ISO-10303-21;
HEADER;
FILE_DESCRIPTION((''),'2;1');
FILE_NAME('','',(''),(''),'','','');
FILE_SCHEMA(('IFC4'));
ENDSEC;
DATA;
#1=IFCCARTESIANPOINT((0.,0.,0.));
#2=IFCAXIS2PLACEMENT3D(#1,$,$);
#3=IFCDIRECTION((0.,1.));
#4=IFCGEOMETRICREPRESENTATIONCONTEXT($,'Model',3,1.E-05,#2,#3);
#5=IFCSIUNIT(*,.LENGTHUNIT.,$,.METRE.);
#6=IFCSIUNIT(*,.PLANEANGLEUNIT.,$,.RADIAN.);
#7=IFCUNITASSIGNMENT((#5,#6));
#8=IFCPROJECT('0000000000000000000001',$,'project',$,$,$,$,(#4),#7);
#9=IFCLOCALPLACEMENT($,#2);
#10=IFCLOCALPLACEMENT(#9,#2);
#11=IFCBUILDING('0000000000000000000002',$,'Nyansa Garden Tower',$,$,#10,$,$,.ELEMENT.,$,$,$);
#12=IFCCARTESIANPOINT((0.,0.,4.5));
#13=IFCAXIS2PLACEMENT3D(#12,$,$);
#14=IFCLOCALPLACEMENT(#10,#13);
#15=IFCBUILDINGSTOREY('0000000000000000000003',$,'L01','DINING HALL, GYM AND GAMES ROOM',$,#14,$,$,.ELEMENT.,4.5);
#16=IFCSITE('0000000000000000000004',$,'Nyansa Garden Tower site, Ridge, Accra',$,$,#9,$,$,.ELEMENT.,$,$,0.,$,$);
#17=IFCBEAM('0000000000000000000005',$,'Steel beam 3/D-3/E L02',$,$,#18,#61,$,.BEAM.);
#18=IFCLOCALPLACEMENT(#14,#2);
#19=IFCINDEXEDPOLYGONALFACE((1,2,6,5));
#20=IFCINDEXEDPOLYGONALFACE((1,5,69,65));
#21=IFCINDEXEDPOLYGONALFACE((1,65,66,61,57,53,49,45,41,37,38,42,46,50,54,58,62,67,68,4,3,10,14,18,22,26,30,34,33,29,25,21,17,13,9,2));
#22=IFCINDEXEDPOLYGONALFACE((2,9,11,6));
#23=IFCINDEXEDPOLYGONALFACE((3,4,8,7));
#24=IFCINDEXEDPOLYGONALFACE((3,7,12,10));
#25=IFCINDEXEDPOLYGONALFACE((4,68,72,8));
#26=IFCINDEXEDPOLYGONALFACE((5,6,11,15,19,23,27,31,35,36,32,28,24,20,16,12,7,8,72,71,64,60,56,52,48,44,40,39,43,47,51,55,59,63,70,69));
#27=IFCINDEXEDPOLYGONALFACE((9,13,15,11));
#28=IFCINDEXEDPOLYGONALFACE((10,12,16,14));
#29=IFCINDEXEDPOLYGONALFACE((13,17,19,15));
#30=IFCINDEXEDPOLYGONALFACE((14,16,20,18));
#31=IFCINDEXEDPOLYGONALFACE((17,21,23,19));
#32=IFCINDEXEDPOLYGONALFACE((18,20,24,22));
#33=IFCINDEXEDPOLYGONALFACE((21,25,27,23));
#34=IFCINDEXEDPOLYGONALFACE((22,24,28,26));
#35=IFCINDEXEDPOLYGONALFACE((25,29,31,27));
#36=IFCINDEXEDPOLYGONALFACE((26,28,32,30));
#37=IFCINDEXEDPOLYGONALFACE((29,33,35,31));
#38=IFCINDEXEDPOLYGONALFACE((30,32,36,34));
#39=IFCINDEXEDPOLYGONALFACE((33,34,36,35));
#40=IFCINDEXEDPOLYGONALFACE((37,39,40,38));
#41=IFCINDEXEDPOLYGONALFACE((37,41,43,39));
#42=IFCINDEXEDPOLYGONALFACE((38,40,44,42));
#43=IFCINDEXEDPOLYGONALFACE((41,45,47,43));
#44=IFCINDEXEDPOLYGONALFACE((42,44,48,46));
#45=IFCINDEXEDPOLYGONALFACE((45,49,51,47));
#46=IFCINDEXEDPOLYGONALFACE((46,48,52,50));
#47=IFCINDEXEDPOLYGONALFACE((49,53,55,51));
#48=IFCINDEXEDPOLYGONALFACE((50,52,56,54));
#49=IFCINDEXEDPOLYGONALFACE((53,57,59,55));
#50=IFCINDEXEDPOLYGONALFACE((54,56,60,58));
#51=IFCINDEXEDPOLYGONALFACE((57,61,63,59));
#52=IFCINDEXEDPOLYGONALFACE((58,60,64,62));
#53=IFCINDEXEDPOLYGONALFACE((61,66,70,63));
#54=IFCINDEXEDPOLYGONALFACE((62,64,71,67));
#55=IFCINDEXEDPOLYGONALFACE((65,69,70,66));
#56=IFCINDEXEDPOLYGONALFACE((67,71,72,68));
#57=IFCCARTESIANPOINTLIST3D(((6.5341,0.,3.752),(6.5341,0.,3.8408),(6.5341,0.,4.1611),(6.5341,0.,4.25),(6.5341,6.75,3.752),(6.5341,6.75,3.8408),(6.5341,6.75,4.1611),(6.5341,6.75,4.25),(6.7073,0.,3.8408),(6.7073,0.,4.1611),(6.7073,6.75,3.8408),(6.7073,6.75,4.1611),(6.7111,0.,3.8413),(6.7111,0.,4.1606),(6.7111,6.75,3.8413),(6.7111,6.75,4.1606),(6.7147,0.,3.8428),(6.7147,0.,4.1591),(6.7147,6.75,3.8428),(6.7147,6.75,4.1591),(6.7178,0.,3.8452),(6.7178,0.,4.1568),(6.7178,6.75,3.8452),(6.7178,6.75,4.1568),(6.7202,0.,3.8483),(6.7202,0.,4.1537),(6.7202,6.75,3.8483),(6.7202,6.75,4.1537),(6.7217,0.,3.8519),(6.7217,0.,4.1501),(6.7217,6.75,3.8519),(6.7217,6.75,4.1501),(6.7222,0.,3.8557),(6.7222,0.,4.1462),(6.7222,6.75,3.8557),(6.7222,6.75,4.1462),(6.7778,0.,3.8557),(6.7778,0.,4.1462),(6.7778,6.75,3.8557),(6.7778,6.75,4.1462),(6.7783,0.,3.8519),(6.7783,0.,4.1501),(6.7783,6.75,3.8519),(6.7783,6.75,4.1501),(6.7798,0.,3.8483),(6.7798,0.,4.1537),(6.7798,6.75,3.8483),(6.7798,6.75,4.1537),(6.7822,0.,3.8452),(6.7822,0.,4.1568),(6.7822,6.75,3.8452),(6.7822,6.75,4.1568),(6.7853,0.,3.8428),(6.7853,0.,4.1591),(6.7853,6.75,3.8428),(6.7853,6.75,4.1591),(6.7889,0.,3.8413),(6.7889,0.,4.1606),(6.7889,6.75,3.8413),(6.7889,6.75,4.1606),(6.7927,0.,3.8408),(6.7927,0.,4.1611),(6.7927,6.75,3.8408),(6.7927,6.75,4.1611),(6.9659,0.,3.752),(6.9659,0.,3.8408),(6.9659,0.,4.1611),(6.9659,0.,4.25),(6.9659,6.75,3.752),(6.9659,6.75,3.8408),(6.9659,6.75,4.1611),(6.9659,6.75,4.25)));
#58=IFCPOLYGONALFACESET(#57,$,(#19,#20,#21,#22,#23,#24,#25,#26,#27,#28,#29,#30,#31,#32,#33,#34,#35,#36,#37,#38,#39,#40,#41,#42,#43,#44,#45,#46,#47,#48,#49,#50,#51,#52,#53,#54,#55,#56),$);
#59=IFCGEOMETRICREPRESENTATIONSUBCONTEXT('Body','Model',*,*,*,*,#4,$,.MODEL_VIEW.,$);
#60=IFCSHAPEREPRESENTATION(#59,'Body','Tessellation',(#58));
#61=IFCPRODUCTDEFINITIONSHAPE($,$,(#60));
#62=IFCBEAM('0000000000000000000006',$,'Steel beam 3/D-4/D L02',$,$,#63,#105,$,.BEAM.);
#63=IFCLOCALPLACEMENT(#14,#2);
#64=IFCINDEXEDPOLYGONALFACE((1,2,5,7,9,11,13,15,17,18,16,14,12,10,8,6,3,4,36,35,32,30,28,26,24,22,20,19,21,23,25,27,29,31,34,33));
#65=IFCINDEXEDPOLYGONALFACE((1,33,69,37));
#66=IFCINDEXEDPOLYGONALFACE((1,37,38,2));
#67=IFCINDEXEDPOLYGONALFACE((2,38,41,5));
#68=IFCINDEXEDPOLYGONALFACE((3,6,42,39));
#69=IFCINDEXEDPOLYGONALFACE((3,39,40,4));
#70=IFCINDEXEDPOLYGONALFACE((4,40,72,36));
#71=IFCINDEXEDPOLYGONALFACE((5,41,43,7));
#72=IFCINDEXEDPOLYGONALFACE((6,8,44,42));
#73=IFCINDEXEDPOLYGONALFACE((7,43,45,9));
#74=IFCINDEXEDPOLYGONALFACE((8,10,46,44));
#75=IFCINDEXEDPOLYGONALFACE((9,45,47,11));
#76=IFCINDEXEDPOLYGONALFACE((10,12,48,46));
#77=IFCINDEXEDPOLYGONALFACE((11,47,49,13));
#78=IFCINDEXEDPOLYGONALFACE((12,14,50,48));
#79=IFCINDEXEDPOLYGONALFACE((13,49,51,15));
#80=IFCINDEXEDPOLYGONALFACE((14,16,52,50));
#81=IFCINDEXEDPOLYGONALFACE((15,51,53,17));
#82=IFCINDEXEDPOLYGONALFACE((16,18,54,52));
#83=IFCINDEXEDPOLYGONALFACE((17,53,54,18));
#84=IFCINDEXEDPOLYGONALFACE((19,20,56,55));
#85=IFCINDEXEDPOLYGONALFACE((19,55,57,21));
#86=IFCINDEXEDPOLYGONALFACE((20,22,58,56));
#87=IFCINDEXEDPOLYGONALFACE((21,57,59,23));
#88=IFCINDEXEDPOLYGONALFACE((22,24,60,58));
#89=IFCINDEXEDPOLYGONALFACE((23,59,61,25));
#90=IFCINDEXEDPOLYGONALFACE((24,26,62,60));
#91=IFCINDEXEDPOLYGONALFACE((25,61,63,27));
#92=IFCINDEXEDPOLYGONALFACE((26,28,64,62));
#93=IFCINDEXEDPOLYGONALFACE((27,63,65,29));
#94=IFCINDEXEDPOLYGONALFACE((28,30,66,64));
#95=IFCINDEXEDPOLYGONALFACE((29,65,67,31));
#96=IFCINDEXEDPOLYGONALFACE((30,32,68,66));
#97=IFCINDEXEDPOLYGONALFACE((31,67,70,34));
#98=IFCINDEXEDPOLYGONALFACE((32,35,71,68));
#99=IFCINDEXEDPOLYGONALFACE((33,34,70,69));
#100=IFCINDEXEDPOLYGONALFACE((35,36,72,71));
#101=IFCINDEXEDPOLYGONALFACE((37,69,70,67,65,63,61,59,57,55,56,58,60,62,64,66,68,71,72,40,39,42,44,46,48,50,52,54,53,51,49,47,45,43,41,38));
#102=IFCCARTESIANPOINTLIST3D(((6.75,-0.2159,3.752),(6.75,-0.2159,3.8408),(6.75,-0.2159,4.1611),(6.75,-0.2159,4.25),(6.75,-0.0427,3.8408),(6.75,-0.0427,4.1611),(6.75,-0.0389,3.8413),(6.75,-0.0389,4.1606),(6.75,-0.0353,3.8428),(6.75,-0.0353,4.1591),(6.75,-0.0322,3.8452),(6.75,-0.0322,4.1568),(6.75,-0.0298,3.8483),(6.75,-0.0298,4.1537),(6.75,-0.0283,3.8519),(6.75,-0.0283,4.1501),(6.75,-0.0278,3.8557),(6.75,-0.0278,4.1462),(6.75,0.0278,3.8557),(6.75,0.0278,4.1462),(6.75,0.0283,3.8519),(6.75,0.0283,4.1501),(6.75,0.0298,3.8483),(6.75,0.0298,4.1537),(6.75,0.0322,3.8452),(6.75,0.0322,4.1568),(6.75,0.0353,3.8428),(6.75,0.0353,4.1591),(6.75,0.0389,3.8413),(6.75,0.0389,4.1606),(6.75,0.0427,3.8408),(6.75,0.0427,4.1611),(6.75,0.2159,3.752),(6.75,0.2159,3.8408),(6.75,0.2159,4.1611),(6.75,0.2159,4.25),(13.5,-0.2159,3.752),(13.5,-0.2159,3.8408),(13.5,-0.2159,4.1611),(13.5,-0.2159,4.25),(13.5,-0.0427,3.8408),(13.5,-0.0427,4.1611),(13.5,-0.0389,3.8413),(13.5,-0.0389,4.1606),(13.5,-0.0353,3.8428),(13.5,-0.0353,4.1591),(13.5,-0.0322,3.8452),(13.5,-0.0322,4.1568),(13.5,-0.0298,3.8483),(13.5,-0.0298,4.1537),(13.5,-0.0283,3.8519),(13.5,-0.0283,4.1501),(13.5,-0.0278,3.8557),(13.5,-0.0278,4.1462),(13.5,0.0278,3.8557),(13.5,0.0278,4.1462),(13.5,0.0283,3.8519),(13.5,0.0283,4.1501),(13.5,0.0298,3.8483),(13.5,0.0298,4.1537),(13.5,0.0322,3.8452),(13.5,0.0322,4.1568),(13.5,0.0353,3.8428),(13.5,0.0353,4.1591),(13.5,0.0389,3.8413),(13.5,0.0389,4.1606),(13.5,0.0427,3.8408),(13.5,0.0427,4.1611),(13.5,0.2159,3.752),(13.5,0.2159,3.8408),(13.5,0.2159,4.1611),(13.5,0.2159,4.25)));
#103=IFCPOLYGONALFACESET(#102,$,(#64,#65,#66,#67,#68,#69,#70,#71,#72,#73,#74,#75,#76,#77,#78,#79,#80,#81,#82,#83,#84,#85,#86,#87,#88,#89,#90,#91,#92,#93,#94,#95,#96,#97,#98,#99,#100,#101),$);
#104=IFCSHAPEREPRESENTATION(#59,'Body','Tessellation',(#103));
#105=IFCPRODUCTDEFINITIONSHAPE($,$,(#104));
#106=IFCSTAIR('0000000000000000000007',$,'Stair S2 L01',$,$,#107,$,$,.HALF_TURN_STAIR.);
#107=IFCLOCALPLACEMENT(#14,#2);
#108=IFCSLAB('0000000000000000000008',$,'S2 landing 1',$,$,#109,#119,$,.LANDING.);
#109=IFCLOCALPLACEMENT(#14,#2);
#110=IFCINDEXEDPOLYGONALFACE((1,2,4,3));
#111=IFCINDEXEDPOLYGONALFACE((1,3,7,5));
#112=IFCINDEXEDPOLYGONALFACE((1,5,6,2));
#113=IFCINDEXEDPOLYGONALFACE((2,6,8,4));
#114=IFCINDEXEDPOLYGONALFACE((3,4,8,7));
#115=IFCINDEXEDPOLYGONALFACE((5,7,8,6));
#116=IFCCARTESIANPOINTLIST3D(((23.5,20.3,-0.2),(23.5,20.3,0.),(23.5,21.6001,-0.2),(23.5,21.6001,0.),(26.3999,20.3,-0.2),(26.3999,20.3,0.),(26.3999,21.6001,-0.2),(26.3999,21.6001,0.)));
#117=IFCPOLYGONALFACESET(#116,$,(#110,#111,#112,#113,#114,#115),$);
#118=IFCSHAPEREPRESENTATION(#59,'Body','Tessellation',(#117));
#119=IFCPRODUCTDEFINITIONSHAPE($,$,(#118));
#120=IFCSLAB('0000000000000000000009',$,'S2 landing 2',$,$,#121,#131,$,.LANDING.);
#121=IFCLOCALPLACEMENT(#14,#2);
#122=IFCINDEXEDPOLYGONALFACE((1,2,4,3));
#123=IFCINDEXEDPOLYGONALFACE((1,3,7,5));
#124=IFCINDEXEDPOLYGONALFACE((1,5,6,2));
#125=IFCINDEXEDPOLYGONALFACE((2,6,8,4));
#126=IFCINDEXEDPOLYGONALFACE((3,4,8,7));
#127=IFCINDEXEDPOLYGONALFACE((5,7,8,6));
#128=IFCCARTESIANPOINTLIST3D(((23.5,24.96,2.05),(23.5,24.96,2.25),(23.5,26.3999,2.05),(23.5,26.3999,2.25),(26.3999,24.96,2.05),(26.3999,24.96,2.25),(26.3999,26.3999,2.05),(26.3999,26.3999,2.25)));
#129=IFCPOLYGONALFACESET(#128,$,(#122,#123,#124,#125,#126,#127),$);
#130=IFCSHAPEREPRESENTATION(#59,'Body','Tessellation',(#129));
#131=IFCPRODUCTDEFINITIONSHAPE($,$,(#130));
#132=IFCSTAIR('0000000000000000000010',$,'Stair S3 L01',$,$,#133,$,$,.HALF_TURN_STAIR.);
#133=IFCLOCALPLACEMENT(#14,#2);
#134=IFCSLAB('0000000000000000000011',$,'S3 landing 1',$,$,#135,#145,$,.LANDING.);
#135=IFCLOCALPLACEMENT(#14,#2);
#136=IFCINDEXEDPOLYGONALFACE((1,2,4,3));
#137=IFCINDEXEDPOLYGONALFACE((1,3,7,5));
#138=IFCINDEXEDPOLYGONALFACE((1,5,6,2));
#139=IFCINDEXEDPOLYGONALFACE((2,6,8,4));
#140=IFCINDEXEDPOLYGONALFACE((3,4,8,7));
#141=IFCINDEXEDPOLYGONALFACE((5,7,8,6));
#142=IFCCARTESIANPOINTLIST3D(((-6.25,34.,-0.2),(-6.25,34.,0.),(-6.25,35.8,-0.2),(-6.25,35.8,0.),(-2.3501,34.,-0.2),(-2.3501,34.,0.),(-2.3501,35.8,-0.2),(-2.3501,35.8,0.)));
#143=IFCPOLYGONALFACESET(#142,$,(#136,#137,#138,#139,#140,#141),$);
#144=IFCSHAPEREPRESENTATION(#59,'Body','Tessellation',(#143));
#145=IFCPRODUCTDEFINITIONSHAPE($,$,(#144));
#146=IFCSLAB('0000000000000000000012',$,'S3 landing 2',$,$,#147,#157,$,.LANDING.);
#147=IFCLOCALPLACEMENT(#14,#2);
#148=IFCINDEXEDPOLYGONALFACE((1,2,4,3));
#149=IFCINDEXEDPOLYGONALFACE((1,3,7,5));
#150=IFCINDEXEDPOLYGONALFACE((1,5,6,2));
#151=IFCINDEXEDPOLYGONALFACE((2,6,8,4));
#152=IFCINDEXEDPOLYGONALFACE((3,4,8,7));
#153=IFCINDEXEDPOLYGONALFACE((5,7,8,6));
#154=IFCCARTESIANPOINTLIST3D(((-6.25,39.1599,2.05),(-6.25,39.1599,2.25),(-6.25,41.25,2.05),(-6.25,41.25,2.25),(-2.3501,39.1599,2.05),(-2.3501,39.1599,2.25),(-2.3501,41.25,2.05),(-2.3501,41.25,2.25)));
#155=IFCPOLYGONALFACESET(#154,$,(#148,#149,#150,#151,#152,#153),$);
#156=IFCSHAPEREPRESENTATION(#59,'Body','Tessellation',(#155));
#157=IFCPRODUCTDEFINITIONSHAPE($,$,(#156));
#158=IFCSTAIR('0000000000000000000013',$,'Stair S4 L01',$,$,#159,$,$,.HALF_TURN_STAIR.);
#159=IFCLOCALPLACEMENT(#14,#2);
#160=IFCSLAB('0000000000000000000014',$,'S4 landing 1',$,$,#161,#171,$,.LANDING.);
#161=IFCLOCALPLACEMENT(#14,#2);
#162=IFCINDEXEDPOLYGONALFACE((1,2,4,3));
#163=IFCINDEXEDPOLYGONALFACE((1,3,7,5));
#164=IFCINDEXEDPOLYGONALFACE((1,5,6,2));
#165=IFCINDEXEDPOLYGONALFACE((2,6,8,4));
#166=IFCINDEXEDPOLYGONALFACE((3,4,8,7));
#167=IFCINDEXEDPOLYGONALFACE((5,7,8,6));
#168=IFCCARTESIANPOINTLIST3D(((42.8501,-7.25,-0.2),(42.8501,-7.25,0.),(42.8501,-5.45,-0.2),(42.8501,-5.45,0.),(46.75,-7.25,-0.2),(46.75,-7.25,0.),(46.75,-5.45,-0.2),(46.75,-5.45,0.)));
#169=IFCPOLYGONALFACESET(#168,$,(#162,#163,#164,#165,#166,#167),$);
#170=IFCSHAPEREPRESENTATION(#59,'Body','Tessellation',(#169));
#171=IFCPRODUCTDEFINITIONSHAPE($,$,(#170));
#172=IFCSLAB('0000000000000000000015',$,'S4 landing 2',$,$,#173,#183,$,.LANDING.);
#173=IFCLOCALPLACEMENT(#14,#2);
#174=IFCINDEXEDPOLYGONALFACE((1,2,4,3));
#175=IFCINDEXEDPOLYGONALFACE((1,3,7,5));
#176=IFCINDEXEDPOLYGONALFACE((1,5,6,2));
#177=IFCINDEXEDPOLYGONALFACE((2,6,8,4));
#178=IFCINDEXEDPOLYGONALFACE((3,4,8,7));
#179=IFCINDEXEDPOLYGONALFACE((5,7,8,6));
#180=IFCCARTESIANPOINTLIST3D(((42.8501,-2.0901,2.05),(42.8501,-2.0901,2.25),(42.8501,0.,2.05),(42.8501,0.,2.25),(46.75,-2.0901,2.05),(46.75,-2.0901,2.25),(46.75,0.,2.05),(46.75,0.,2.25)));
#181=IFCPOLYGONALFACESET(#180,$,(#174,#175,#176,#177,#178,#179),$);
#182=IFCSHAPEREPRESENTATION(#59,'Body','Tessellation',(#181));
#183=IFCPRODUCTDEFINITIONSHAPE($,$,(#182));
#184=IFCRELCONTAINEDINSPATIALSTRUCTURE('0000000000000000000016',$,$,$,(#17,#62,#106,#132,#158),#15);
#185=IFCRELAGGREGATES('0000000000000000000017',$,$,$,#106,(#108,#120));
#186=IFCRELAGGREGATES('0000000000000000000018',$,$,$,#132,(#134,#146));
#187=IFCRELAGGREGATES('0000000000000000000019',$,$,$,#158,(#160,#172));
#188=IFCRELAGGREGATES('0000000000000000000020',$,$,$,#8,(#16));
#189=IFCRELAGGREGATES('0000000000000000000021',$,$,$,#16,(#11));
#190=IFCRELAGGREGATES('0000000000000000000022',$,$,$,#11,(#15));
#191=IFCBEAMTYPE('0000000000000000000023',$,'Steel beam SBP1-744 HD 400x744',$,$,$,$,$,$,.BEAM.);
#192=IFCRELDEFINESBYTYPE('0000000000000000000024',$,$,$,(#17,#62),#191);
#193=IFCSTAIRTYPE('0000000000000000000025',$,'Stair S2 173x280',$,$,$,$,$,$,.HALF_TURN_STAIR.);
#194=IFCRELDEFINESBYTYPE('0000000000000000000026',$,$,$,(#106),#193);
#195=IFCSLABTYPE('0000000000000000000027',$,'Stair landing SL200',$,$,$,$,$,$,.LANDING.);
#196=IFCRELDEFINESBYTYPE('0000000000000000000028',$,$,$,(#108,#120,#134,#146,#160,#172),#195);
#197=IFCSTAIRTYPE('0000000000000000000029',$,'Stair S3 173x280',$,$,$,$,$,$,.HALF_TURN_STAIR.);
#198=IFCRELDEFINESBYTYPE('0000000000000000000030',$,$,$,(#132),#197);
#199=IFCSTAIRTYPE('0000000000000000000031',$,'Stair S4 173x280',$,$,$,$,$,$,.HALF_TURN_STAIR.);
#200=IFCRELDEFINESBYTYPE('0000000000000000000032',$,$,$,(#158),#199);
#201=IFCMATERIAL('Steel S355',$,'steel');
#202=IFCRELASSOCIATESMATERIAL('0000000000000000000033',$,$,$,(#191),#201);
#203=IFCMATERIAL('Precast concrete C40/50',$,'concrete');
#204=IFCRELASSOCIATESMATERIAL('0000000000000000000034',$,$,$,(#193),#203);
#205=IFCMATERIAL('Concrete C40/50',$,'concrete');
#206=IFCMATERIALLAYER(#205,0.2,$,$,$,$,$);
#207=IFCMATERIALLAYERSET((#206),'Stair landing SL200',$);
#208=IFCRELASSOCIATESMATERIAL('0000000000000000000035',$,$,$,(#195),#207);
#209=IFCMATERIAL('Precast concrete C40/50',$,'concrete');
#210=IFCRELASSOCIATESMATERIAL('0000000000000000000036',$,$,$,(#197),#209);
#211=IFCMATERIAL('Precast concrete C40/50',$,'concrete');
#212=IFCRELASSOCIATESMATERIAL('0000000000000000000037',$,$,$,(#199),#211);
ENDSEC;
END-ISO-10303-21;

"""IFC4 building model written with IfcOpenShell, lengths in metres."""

from ifc_helpers import new_model, si_unit, direction, frame, origin, origin_2d, place, context, subcontext, project, spatial, polyline, i_section, outline, extrude, material, layer, layer_set, material_profile, profile_set, type_object, element, aggregate, save


model = new_model("IFC4")

# Units and contexts
model_context = context("Model", 3, precision=1e-05, world=origin(), true_north=direction((0.0, 1.0)))
body_context = subcontext(model_context, "Body", "Model", "MODEL_VIEW")
ifc_project = project(units=[si_unit("LENGTHUNIT", "METRE"), si_unit("PLANEANGLEUNIT", "RADIAN")], contexts=[model_context])

# Site, building, storey
site_placement = place(None, origin())
site = spatial("IfcSite", under=ifc_project, at=site_placement, Name="Nyansa Garden Tower site, Ridge, Accra", CompositionType="ELEMENT", RefElevation=0.0)
building_placement = place(site_placement, origin())
building = spatial("IfcBuilding", under=site, at=building_placement, Name="Nyansa Garden Tower", CompositionType="ELEMENT")
storey_placement = place(building_placement, frame((0.0, 0.0, 4.5)))
storey = spatial("IfcBuildingStorey", under=building, at=storey_placement, Name="L01", Description="DINING HALL, GYM AND GAMES ROOM", CompositionType="ELEMENT", Elevation=4.5)

# Beams
ifc_material_1 = material(Name="Steel S355", Category="steel")
ifc_material_profile_1 = material_profile(ifc_material_1, i_section(OverallWidth=0.4319, OverallDepth=0.498, WebThickness=0.0557, FlangeThickness=0.0889, FilletRadius=0.0149, at=origin_2d()), Name="HD 400x744")
ifc_profile_set_1 = profile_set([ifc_material_profile_1], Name="Steel S355")
beam_type = type_object("IfcBeamType", Name="Steel beam SBP1-744 HD 400x744", PredefinedType="BEAM", material=ifc_profile_set_1)
for number, where, z_axis, x_axis, name in (
    (1, (6.75, 0.0, 4.001), (0.0, 1.0, 0.0), (-1.0, 0.0, 0.0), "Steel beam 3/D-3/E L02"),
    (2, (6.75, 0.0, 4.001), (1.0, 0.0, 0.0), (0.0, 1.0, 0.0), "Steel beam 3/D-4/D L02"),
):
    element("IfcBeam", number, at=place(storey_placement, frame(where, z_axis=z_axis, x_axis=x_axis)), inside=storey, type_object=beam_type, Name=name, PredefinedType="BEAM", context=body_context, shape_type="SweptSolid", body=[
        extrude(i_section(OverallWidth=0.4319, OverallDepth=0.498, WebThickness=0.0557, FlangeThickness=0.0889, FilletRadius=0.0149, at=origin_2d()), origin(), (0.0, 0.0, 1.0), 6.75),
    ])

# Stairs, slabs
ifc_material_2 = material(Name="Precast concrete C40/50", Category="concrete")
stair_type_1 = type_object("IfcStairType", Name="Stair S2 173x280", PredefinedType="HALF_TURN_STAIR", material=ifc_material_2)
stair_1_placement = place(storey_placement, origin())
stair_1 = element("IfcStair", 3, at=stair_1_placement, inside=storey, type_object=stair_type_1, Name="Stair S2 L01", PredefinedType="HALF_TURN_STAIR")
ifc_material_3 = material(Name="Concrete C40/50", Category="concrete")
ifc_layer = layer(ifc_material_3, 0.2)
ifc_layer_set = layer_set([ifc_layer], Name="Stair landing SL200")
slab_type = type_object("IfcSlabType", Name="Stair landing SL200", PredefinedType="LANDING", material=ifc_layer_set)
slab_1_placement = place(storey_placement, frame((0.0, 0.0, -0.2)))
slab_1 = element("IfcSlab", 4, at=slab_1_placement, type_object=slab_type, Name="S2 landing 1", PredefinedType="LANDING", context=body_context, shape_type="SweptSolid", body=[
    extrude(outline(polyline([(23.5, 20.3), (26.3999, 20.3), (26.3999, 21.6001), (23.5, 21.6001), (23.5, 20.3)])), origin(), (0.0, 0.0, 1.0), 0.2),
])
slab_2_placement = place(storey_placement, frame((0.0, 0.0, 2.05)))
slab_2 = element("IfcSlab", 5, at=slab_2_placement, type_object=slab_type, Name="S2 landing 2", PredefinedType="LANDING", context=body_context, shape_type="SweptSolid", body=[
    extrude(outline(polyline([(23.5, 24.96), (26.3999, 24.96), (26.3999, 26.3999), (23.5, 26.3999), (23.5, 24.96)])), origin(), (0.0, 0.0, 1.0), 0.2),
])
aggregate(stair_1, [slab_1, slab_2])
ifc_material_4 = material(Name="Precast concrete C40/50", Category="concrete")
stair_type_2 = type_object("IfcStairType", Name="Stair S3 173x280", PredefinedType="HALF_TURN_STAIR", material=ifc_material_4)
stair_2_placement = place(storey_placement, origin())
stair_2 = element("IfcStair", 6, at=stair_2_placement, inside=storey, type_object=stair_type_2, Name="Stair S3 L01", PredefinedType="HALF_TURN_STAIR")
slab_3_placement = place(storey_placement, frame((0.0, 0.0, -0.2)))
slab_3 = element("IfcSlab", 7, at=slab_3_placement, type_object=slab_type, Name="S3 landing 1", PredefinedType="LANDING", context=body_context, shape_type="SweptSolid", body=[
    extrude(outline(polyline([(-6.25, 34.0), (-2.3501, 34.0), (-2.3501, 35.8), (-6.25, 35.8), (-6.25, 34.0)])), origin(), (0.0, 0.0, 1.0), 0.2),
])
slab_4_placement = place(storey_placement, frame((0.0, 0.0, 2.05)))
slab_4 = element("IfcSlab", 8, at=slab_4_placement, type_object=slab_type, Name="S3 landing 2", PredefinedType="LANDING", context=body_context, shape_type="SweptSolid", body=[
    extrude(outline(polyline([(-6.25, 39.1599), (-2.3501, 39.1599), (-2.3501, 41.25), (-6.25, 41.25), (-6.25, 39.1599)])), origin(), (0.0, 0.0, 1.0), 0.2),
])
aggregate(stair_2, [slab_3, slab_4])
ifc_material_5 = material(Name="Precast concrete C40/50", Category="concrete")
stair_type_3 = type_object("IfcStairType", Name="Stair S4 173x280", PredefinedType="HALF_TURN_STAIR", material=ifc_material_5)
stair_3_placement = place(storey_placement, origin())
stair_3 = element("IfcStair", 9, at=stair_3_placement, inside=storey, type_object=stair_type_3, Name="Stair S4 L01", PredefinedType="HALF_TURN_STAIR")
slab_5_placement = place(storey_placement, frame((0.0, 0.0, -0.2)))
slab_5 = element("IfcSlab", 10, at=slab_5_placement, type_object=slab_type, Name="S4 landing 1", PredefinedType="LANDING", context=body_context, shape_type="SweptSolid", body=[
    extrude(outline(polyline([(42.8501, -7.25), (46.75, -7.25), (46.75, -5.45), (42.8501, -5.45), (42.8501, -7.25)])), origin(), (0.0, 0.0, 1.0), 0.2),
])
slab_6_placement = place(storey_placement, frame((0.0, 0.0, 2.05)))
slab_6 = element("IfcSlab", 11, at=slab_6_placement, type_object=slab_type, Name="S4 landing 2", PredefinedType="LANDING", context=body_context, shape_type="SweptSolid", body=[
    extrude(outline(polyline([(42.8501, -2.0901), (46.75, -2.0901), (46.75, 0.0), (42.8501, 0.0), (42.8501, -2.0901)])), origin(), (0.0, 0.0, 1.0), 0.2),
])
aggregate(stair_3, [slab_5, slab_6])

save(model, "model.ifc")
